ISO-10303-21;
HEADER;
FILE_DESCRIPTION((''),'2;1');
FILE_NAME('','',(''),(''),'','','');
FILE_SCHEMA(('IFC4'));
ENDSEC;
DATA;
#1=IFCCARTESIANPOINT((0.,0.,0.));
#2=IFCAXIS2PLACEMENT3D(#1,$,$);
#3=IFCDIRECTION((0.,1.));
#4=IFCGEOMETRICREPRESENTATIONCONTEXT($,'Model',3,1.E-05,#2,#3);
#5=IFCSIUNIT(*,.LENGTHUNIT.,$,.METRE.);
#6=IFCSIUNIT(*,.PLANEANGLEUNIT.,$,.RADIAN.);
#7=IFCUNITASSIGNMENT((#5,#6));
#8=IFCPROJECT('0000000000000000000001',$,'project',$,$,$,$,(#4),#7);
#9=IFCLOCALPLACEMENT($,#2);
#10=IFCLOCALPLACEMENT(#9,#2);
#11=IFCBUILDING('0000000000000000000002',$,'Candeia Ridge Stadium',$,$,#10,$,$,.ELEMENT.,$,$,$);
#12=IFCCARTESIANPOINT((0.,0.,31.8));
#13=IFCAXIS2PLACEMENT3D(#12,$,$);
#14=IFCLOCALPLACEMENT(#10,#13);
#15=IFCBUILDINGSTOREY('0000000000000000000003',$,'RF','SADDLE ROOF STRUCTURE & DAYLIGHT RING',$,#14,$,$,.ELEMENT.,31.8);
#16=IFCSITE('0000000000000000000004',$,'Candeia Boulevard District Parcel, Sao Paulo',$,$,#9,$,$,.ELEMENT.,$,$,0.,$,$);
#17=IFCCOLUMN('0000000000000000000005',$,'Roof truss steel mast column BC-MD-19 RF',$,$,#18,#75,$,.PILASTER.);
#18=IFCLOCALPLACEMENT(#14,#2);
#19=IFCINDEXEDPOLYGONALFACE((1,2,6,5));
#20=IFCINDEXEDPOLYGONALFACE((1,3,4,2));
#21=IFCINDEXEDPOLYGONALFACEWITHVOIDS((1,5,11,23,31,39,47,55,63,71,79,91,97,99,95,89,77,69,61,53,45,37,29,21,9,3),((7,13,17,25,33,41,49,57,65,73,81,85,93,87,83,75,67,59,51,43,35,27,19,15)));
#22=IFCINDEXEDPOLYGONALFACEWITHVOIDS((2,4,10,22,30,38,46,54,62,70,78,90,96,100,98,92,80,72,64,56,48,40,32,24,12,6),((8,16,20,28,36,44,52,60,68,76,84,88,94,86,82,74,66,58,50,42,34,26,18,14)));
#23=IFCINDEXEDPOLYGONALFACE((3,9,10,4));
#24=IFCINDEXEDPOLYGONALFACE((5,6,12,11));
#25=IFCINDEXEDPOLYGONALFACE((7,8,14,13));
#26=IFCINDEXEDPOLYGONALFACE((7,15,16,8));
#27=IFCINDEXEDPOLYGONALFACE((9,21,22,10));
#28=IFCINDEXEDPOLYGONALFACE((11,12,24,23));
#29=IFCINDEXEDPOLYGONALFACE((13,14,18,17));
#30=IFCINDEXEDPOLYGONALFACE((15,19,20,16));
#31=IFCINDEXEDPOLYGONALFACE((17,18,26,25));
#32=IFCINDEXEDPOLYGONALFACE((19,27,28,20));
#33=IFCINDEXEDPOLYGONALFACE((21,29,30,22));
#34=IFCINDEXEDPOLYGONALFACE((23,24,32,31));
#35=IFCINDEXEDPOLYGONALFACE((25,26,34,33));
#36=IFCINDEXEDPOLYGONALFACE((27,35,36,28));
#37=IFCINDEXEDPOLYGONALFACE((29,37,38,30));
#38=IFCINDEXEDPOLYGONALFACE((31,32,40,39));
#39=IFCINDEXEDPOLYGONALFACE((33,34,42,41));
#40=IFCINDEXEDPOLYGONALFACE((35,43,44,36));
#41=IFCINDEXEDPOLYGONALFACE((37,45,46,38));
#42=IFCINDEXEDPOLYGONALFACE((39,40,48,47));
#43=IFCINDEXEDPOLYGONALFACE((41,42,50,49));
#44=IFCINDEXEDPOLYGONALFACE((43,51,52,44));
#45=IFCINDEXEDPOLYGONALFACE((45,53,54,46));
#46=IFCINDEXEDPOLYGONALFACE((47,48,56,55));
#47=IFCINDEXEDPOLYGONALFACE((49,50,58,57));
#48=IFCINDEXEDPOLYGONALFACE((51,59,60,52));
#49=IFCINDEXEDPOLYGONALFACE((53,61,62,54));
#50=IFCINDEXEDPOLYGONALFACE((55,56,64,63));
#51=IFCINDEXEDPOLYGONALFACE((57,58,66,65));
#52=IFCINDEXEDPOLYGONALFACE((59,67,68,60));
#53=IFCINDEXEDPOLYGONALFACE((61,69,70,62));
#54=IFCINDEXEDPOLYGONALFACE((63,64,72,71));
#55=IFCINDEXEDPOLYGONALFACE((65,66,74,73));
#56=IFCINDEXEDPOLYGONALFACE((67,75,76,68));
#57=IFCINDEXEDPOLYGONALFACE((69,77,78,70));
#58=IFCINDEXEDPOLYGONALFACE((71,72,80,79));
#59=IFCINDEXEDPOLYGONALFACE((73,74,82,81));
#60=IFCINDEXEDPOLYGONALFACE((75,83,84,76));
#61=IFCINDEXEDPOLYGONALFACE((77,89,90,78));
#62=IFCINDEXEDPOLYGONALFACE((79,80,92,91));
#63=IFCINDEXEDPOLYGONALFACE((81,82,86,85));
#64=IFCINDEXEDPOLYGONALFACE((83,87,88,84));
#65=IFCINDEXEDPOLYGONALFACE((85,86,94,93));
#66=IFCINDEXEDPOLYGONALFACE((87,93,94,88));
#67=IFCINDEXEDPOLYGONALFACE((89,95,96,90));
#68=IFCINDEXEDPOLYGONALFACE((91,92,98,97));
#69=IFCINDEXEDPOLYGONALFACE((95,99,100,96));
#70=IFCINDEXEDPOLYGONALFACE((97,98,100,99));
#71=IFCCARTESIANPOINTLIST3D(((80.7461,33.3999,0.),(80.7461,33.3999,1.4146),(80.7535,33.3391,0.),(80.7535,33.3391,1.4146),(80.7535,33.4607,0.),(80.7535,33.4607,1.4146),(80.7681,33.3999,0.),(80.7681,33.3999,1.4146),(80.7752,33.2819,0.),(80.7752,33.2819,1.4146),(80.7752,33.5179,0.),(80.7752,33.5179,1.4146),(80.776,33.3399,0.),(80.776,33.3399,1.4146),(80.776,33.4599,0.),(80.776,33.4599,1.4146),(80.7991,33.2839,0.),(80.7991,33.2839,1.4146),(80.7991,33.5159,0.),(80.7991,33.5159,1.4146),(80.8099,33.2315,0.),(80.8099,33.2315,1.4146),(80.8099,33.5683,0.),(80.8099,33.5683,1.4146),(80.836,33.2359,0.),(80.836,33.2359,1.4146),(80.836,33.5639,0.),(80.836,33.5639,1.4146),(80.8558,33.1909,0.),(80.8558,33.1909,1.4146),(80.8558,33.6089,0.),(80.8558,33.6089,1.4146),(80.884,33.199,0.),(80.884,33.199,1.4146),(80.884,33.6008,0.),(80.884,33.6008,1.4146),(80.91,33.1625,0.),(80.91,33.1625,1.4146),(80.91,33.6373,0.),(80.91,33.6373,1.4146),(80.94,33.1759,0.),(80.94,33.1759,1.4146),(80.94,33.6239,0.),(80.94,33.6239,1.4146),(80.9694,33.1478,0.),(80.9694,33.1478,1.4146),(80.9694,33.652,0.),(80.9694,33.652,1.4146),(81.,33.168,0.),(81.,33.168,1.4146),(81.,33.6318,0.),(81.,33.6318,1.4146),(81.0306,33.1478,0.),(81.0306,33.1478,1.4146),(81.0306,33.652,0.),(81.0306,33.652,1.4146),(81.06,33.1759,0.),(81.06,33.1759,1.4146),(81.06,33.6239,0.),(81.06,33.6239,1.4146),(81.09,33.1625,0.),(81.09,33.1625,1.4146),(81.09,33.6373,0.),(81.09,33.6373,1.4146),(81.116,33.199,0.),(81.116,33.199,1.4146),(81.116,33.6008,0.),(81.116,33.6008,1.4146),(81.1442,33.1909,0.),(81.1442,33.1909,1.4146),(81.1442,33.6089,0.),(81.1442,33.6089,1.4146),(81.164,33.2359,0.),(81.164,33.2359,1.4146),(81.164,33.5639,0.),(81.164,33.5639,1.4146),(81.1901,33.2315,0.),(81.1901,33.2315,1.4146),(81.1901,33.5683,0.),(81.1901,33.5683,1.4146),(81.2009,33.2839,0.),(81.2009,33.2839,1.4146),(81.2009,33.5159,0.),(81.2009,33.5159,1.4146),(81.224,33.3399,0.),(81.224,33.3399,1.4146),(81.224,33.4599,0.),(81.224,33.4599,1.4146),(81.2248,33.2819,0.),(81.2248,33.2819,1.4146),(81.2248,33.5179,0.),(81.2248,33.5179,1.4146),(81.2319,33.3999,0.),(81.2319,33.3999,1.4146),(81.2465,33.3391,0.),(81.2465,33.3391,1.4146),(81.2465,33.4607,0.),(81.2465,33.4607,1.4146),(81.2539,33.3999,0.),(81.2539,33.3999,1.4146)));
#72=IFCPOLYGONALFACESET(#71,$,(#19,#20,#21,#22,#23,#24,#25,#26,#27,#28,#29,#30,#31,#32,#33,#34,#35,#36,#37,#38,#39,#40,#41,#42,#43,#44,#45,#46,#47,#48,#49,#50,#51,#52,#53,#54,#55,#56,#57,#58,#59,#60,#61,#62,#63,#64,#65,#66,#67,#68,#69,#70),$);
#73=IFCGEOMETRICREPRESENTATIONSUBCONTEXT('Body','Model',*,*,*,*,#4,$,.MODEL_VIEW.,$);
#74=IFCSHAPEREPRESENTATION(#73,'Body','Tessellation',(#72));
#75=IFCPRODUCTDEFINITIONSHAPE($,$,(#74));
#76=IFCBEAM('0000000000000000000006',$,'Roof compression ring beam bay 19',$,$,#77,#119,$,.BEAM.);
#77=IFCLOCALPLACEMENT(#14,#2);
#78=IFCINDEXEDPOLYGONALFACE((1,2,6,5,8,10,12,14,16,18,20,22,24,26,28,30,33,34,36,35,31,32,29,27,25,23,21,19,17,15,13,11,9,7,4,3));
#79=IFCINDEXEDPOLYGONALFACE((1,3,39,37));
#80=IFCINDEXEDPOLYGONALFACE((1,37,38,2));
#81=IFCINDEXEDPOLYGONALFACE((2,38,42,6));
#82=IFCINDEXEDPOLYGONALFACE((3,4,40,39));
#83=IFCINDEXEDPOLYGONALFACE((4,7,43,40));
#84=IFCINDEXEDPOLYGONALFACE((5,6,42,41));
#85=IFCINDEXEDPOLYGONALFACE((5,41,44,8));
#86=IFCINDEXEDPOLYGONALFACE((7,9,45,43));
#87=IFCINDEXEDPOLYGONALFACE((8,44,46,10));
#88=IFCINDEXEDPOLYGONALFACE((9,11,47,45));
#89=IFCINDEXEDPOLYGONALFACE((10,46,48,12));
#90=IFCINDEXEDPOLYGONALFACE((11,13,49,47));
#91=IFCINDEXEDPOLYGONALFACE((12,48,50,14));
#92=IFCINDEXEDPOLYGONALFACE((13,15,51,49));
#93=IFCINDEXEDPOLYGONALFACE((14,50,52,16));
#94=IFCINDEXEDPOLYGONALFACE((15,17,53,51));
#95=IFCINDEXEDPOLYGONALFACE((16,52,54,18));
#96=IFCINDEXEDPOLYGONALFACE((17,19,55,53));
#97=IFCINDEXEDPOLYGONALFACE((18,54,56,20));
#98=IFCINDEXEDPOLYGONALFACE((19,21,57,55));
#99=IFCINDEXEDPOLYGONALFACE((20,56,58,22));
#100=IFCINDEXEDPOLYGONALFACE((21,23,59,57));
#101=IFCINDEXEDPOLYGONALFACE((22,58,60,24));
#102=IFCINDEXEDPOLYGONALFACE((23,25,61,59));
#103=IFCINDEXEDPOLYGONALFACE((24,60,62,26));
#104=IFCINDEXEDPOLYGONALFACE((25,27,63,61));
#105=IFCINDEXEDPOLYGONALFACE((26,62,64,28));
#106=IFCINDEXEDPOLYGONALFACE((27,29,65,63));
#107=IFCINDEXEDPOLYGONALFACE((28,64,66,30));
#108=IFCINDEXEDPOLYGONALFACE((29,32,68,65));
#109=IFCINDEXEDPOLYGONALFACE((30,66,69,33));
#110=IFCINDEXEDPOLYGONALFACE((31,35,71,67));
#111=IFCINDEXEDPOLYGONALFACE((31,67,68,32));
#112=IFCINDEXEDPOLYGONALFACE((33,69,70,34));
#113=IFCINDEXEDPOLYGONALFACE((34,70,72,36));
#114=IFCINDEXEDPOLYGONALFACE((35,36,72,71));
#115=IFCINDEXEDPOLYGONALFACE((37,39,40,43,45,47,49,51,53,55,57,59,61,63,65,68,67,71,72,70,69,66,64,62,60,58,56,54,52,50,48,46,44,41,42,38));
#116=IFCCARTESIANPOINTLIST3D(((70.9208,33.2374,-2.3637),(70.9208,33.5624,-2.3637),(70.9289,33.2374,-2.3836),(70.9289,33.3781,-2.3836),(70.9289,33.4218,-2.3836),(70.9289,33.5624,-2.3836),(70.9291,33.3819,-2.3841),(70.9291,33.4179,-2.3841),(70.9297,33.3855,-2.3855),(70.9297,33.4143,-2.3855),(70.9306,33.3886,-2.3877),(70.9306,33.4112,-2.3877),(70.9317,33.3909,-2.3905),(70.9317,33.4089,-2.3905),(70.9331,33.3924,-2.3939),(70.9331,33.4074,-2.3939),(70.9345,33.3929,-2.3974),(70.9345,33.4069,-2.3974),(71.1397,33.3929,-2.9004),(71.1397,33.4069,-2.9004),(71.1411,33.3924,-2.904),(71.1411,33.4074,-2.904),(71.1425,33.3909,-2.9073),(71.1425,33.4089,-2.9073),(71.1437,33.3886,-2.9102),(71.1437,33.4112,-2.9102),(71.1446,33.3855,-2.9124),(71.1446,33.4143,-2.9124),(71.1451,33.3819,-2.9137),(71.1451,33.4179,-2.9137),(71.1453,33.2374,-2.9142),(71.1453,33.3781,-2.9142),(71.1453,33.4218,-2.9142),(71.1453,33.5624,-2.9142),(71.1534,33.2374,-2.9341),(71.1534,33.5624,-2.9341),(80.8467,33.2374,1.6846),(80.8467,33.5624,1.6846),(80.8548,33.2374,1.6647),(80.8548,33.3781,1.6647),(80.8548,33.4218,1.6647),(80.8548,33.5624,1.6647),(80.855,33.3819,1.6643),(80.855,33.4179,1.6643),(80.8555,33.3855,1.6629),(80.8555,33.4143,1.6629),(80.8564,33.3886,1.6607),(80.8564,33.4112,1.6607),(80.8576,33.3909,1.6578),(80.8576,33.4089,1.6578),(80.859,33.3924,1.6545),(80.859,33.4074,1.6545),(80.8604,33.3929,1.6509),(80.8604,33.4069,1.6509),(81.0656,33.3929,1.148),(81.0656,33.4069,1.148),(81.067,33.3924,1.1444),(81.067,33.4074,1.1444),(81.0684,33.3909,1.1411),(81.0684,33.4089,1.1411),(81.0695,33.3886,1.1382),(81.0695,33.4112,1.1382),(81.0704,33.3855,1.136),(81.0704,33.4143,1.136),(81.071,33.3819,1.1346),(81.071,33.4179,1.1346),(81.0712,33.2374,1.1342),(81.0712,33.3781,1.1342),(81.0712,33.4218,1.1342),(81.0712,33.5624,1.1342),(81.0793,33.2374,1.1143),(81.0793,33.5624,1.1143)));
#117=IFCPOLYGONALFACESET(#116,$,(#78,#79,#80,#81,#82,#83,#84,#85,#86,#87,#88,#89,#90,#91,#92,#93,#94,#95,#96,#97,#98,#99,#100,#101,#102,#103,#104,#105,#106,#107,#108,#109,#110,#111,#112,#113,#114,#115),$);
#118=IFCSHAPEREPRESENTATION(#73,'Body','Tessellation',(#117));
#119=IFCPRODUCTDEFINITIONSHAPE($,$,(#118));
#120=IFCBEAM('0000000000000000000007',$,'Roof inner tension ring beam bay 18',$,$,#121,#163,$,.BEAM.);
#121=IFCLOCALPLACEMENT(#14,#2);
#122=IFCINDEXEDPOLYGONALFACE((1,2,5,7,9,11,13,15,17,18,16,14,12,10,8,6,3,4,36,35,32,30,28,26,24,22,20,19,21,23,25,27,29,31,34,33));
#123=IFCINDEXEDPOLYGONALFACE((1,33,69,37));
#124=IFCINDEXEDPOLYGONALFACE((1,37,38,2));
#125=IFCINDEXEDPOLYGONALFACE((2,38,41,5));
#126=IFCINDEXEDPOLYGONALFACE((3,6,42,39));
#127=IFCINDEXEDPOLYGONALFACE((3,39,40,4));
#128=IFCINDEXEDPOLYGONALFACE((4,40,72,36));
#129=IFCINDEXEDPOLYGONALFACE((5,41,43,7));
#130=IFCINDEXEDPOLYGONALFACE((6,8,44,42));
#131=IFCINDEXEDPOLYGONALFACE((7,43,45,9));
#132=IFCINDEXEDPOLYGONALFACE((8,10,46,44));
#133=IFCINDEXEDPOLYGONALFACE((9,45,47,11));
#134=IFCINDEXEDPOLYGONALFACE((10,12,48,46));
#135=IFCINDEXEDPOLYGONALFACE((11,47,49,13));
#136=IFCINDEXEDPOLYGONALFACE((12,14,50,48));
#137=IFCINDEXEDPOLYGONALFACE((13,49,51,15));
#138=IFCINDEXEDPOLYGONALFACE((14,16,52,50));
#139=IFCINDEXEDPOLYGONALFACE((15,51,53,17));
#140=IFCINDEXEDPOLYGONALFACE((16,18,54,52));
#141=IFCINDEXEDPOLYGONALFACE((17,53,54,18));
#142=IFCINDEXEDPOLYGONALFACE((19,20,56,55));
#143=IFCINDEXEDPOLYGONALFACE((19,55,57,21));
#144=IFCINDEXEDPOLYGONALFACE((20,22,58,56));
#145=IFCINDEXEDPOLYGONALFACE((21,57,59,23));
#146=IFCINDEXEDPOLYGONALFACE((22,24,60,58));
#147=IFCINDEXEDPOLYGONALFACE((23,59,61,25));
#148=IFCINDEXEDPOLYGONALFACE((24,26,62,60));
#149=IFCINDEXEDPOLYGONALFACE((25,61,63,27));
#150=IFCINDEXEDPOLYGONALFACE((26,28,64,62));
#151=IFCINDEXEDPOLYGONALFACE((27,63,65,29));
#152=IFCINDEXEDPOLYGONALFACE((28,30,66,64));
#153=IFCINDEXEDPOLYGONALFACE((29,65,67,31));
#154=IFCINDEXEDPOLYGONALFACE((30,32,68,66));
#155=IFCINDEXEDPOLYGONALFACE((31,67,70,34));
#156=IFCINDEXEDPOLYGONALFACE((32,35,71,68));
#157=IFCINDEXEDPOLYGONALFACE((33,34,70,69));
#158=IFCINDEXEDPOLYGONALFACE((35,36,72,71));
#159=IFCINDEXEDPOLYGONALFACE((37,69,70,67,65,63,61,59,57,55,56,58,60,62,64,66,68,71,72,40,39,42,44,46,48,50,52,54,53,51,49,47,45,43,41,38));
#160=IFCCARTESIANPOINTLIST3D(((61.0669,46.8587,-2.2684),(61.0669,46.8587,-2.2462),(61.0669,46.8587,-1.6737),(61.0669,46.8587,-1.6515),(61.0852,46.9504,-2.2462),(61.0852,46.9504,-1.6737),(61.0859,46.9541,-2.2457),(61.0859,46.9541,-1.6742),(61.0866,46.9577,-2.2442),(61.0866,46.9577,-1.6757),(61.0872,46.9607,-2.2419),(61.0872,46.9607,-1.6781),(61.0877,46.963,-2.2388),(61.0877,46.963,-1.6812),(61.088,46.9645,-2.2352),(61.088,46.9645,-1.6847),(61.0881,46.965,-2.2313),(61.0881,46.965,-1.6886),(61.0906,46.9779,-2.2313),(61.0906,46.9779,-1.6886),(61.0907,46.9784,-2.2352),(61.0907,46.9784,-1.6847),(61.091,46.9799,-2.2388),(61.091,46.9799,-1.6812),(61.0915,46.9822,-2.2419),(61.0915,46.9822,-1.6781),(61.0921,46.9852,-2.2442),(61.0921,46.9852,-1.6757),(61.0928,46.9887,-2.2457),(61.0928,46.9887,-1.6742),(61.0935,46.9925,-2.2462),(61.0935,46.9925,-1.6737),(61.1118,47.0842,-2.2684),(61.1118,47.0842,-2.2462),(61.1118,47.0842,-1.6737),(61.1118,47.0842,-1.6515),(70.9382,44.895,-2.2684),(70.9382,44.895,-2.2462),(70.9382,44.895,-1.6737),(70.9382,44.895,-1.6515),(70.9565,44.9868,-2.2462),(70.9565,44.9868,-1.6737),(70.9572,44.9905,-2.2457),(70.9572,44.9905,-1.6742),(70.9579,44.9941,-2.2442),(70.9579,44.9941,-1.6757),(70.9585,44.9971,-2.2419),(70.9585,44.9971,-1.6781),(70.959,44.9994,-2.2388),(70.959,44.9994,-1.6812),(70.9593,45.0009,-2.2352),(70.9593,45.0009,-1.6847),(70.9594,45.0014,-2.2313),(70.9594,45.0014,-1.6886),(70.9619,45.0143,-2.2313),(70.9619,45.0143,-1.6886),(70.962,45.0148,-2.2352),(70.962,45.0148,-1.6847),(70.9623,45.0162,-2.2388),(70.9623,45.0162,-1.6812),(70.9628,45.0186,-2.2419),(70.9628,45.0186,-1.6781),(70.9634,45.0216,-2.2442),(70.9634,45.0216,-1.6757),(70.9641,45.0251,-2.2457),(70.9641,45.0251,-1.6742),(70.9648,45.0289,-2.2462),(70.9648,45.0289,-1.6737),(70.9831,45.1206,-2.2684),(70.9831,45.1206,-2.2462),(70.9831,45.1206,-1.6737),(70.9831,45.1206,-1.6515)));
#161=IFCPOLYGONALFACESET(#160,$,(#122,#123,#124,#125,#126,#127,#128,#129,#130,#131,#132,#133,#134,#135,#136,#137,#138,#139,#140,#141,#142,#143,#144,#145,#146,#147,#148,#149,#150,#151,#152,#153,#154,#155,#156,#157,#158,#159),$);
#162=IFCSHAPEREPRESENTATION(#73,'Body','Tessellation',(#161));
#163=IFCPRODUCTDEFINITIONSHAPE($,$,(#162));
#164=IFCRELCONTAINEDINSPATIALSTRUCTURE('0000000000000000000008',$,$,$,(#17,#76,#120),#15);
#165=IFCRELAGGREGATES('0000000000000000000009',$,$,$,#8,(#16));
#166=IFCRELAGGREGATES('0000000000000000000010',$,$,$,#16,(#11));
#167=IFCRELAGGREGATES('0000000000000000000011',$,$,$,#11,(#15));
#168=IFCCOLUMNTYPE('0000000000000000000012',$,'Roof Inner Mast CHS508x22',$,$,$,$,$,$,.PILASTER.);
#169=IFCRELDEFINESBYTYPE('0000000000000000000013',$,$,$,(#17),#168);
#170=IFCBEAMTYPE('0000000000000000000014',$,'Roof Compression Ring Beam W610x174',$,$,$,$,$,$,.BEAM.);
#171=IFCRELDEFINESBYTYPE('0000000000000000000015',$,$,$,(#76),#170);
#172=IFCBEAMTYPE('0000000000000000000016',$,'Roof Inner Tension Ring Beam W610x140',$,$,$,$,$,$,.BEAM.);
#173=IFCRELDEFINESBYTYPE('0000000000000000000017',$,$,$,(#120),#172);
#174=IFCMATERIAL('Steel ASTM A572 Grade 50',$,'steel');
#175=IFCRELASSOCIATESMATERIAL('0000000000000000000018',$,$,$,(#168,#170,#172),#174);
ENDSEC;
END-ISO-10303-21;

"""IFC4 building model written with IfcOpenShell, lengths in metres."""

from ifc_helpers import new_model, si_unit, direction, frame, origin, origin_2d, place, context, subcontext, project, spatial, hollow_circle, i_section, extrude, material, material_profile, profile_set, type_object, element, save


model = new_model("IFC4")

# Units and contexts
model_context = context("Model", 3, precision=1e-05, world=origin(), true_north=direction((0.0, 1.0)))
body_context = subcontext(model_context, "Body", "Model", "MODEL_VIEW")
ifc_project = project(units=[si_unit("LENGTHUNIT", "METRE"), si_unit("PLANEANGLEUNIT", "RADIAN")], contexts=[model_context])

# Site, building, storey
site_placement = place(None, origin())
site = spatial("IfcSite", under=ifc_project, at=site_placement, Name="Candeia Boulevard District Parcel, Sao Paulo", CompositionType="ELEMENT", RefElevation=0.0)
building_placement = place(site_placement, origin())
building = spatial("IfcBuilding", under=site, at=building_placement, Name="Candeia Ridge Stadium", CompositionType="ELEMENT")
storey_placement = place(building_placement, frame((0.0, 0.0, 31.8)))
storey = spatial("IfcBuildingStorey", under=building, at=storey_placement, Name="RF", Description="SADDLE ROOF STRUCTURE & DAYLIGHT RING", CompositionType="ELEMENT", Elevation=31.8)

# Column
ifc_material_1 = material(Name="Steel ASTM A572 Grade 50", Category="steel")
ifc_material_profile_1 = material_profile(ifc_material_1, hollow_circle(Radius=0.2539, WallThickness=0.022, at=origin_2d()), Name="CHS508x22", Category="steel")
ifc_profile_set_1 = profile_set([ifc_material_profile_1], Name="Steel ASTM A572 Grade 50")
column_type = type_object("IfcColumnType", Name="Roof Inner Mast CHS508x22", PredefinedType="PILASTER", material=ifc_profile_set_1)
column_placement = place(storey_placement, frame((81.0, 33.3999, 0.0), z_axis=(0.0, 0.0, 1.0), x_axis=(1.0, 0.0, 0.0)))
element("IfcColumn", 1, at=column_placement, inside=storey, type_object=column_type, Name="Roof truss steel mast column BC-MD-19 RF", PredefinedType="PILASTER", context=body_context, shape_type="SweptSolid", body=[
    extrude(hollow_circle(Radius=0.2539, WallThickness=0.022, at=origin_2d()), origin(), (0.0, 0.0, 1.0), 1.4146),
])

# Beams
ifc_material_profile_2 = material_profile(ifc_material_1, i_section(OverallWidth=0.325, OverallDepth=0.616, WebThickness=0.0139, FlangeThickness=0.0215, FilletRadius=0.0149, at=origin_2d()), Name="W610x174", Category="steel")
ifc_profile_set_2 = profile_set([ifc_material_profile_2], Name="Steel ASTM A572 Grade 50")
beam_type_1 = type_object("IfcBeamType", Name="Roof Compression Ring Beam W610x174", PredefinedType="BEAM", material=ifc_profile_set_2)
beam_1_placement = place(storey_placement, frame((71.0371, 33.3999, -2.6489), z_axis=(0.925946, 0.0, 0.377657), x_axis=(0.0, 1.0, 0.0)))
element("IfcBeam", 2, at=beam_1_placement, inside=storey, type_object=beam_type_1, Name="Roof compression ring beam bay 19", PredefinedType="BEAM", context=body_context, shape_type="SweptSolid", body=[
    extrude(i_section(OverallWidth=0.325, OverallDepth=0.616, WebThickness=0.0139, FlangeThickness=0.0215, FilletRadius=0.0149, at=origin_2d()), origin(), (0.0, 0.0, 1.0), 10.7197),
])
ifc_material_profile_3 = material_profile(ifc_material_1, i_section(OverallWidth=0.23, OverallDepth=0.6169, WebThickness=0.0132, FlangeThickness=0.0222, FilletRadius=0.0149, at=origin_2d()), Name="W610x140", Category="steel")
ifc_profile_set_3 = profile_set([ifc_material_profile_3], Name="Steel ASTM A572 Grade 50")
beam_type_2 = type_object("IfcBeamType", Name="Roof Inner Tension Ring Beam W610x140", PredefinedType="BEAM", material=ifc_profile_set_3)
beam_2_placement = place(storey_placement, frame((61.0894, 46.9714, -1.96), z_axis=(0.980784, -0.195099, 0.0), x_axis=(0.195099, 0.980784, 0.0)))
element("IfcBeam", 3, at=beam_2_placement, inside=storey, type_object=beam_type_2, Name="Roof inner tension ring beam bay 18", PredefinedType="BEAM", context=body_context, shape_type="SweptSolid", body=[
    extrude(i_section(OverallWidth=0.23, OverallDepth=0.6169, WebThickness=0.0132, FlangeThickness=0.0222, FilletRadius=0.0149, at=origin_2d()), origin(), (0.0, 0.0, 1.0), 10.0647),
])

save(model, "model.ifc")
